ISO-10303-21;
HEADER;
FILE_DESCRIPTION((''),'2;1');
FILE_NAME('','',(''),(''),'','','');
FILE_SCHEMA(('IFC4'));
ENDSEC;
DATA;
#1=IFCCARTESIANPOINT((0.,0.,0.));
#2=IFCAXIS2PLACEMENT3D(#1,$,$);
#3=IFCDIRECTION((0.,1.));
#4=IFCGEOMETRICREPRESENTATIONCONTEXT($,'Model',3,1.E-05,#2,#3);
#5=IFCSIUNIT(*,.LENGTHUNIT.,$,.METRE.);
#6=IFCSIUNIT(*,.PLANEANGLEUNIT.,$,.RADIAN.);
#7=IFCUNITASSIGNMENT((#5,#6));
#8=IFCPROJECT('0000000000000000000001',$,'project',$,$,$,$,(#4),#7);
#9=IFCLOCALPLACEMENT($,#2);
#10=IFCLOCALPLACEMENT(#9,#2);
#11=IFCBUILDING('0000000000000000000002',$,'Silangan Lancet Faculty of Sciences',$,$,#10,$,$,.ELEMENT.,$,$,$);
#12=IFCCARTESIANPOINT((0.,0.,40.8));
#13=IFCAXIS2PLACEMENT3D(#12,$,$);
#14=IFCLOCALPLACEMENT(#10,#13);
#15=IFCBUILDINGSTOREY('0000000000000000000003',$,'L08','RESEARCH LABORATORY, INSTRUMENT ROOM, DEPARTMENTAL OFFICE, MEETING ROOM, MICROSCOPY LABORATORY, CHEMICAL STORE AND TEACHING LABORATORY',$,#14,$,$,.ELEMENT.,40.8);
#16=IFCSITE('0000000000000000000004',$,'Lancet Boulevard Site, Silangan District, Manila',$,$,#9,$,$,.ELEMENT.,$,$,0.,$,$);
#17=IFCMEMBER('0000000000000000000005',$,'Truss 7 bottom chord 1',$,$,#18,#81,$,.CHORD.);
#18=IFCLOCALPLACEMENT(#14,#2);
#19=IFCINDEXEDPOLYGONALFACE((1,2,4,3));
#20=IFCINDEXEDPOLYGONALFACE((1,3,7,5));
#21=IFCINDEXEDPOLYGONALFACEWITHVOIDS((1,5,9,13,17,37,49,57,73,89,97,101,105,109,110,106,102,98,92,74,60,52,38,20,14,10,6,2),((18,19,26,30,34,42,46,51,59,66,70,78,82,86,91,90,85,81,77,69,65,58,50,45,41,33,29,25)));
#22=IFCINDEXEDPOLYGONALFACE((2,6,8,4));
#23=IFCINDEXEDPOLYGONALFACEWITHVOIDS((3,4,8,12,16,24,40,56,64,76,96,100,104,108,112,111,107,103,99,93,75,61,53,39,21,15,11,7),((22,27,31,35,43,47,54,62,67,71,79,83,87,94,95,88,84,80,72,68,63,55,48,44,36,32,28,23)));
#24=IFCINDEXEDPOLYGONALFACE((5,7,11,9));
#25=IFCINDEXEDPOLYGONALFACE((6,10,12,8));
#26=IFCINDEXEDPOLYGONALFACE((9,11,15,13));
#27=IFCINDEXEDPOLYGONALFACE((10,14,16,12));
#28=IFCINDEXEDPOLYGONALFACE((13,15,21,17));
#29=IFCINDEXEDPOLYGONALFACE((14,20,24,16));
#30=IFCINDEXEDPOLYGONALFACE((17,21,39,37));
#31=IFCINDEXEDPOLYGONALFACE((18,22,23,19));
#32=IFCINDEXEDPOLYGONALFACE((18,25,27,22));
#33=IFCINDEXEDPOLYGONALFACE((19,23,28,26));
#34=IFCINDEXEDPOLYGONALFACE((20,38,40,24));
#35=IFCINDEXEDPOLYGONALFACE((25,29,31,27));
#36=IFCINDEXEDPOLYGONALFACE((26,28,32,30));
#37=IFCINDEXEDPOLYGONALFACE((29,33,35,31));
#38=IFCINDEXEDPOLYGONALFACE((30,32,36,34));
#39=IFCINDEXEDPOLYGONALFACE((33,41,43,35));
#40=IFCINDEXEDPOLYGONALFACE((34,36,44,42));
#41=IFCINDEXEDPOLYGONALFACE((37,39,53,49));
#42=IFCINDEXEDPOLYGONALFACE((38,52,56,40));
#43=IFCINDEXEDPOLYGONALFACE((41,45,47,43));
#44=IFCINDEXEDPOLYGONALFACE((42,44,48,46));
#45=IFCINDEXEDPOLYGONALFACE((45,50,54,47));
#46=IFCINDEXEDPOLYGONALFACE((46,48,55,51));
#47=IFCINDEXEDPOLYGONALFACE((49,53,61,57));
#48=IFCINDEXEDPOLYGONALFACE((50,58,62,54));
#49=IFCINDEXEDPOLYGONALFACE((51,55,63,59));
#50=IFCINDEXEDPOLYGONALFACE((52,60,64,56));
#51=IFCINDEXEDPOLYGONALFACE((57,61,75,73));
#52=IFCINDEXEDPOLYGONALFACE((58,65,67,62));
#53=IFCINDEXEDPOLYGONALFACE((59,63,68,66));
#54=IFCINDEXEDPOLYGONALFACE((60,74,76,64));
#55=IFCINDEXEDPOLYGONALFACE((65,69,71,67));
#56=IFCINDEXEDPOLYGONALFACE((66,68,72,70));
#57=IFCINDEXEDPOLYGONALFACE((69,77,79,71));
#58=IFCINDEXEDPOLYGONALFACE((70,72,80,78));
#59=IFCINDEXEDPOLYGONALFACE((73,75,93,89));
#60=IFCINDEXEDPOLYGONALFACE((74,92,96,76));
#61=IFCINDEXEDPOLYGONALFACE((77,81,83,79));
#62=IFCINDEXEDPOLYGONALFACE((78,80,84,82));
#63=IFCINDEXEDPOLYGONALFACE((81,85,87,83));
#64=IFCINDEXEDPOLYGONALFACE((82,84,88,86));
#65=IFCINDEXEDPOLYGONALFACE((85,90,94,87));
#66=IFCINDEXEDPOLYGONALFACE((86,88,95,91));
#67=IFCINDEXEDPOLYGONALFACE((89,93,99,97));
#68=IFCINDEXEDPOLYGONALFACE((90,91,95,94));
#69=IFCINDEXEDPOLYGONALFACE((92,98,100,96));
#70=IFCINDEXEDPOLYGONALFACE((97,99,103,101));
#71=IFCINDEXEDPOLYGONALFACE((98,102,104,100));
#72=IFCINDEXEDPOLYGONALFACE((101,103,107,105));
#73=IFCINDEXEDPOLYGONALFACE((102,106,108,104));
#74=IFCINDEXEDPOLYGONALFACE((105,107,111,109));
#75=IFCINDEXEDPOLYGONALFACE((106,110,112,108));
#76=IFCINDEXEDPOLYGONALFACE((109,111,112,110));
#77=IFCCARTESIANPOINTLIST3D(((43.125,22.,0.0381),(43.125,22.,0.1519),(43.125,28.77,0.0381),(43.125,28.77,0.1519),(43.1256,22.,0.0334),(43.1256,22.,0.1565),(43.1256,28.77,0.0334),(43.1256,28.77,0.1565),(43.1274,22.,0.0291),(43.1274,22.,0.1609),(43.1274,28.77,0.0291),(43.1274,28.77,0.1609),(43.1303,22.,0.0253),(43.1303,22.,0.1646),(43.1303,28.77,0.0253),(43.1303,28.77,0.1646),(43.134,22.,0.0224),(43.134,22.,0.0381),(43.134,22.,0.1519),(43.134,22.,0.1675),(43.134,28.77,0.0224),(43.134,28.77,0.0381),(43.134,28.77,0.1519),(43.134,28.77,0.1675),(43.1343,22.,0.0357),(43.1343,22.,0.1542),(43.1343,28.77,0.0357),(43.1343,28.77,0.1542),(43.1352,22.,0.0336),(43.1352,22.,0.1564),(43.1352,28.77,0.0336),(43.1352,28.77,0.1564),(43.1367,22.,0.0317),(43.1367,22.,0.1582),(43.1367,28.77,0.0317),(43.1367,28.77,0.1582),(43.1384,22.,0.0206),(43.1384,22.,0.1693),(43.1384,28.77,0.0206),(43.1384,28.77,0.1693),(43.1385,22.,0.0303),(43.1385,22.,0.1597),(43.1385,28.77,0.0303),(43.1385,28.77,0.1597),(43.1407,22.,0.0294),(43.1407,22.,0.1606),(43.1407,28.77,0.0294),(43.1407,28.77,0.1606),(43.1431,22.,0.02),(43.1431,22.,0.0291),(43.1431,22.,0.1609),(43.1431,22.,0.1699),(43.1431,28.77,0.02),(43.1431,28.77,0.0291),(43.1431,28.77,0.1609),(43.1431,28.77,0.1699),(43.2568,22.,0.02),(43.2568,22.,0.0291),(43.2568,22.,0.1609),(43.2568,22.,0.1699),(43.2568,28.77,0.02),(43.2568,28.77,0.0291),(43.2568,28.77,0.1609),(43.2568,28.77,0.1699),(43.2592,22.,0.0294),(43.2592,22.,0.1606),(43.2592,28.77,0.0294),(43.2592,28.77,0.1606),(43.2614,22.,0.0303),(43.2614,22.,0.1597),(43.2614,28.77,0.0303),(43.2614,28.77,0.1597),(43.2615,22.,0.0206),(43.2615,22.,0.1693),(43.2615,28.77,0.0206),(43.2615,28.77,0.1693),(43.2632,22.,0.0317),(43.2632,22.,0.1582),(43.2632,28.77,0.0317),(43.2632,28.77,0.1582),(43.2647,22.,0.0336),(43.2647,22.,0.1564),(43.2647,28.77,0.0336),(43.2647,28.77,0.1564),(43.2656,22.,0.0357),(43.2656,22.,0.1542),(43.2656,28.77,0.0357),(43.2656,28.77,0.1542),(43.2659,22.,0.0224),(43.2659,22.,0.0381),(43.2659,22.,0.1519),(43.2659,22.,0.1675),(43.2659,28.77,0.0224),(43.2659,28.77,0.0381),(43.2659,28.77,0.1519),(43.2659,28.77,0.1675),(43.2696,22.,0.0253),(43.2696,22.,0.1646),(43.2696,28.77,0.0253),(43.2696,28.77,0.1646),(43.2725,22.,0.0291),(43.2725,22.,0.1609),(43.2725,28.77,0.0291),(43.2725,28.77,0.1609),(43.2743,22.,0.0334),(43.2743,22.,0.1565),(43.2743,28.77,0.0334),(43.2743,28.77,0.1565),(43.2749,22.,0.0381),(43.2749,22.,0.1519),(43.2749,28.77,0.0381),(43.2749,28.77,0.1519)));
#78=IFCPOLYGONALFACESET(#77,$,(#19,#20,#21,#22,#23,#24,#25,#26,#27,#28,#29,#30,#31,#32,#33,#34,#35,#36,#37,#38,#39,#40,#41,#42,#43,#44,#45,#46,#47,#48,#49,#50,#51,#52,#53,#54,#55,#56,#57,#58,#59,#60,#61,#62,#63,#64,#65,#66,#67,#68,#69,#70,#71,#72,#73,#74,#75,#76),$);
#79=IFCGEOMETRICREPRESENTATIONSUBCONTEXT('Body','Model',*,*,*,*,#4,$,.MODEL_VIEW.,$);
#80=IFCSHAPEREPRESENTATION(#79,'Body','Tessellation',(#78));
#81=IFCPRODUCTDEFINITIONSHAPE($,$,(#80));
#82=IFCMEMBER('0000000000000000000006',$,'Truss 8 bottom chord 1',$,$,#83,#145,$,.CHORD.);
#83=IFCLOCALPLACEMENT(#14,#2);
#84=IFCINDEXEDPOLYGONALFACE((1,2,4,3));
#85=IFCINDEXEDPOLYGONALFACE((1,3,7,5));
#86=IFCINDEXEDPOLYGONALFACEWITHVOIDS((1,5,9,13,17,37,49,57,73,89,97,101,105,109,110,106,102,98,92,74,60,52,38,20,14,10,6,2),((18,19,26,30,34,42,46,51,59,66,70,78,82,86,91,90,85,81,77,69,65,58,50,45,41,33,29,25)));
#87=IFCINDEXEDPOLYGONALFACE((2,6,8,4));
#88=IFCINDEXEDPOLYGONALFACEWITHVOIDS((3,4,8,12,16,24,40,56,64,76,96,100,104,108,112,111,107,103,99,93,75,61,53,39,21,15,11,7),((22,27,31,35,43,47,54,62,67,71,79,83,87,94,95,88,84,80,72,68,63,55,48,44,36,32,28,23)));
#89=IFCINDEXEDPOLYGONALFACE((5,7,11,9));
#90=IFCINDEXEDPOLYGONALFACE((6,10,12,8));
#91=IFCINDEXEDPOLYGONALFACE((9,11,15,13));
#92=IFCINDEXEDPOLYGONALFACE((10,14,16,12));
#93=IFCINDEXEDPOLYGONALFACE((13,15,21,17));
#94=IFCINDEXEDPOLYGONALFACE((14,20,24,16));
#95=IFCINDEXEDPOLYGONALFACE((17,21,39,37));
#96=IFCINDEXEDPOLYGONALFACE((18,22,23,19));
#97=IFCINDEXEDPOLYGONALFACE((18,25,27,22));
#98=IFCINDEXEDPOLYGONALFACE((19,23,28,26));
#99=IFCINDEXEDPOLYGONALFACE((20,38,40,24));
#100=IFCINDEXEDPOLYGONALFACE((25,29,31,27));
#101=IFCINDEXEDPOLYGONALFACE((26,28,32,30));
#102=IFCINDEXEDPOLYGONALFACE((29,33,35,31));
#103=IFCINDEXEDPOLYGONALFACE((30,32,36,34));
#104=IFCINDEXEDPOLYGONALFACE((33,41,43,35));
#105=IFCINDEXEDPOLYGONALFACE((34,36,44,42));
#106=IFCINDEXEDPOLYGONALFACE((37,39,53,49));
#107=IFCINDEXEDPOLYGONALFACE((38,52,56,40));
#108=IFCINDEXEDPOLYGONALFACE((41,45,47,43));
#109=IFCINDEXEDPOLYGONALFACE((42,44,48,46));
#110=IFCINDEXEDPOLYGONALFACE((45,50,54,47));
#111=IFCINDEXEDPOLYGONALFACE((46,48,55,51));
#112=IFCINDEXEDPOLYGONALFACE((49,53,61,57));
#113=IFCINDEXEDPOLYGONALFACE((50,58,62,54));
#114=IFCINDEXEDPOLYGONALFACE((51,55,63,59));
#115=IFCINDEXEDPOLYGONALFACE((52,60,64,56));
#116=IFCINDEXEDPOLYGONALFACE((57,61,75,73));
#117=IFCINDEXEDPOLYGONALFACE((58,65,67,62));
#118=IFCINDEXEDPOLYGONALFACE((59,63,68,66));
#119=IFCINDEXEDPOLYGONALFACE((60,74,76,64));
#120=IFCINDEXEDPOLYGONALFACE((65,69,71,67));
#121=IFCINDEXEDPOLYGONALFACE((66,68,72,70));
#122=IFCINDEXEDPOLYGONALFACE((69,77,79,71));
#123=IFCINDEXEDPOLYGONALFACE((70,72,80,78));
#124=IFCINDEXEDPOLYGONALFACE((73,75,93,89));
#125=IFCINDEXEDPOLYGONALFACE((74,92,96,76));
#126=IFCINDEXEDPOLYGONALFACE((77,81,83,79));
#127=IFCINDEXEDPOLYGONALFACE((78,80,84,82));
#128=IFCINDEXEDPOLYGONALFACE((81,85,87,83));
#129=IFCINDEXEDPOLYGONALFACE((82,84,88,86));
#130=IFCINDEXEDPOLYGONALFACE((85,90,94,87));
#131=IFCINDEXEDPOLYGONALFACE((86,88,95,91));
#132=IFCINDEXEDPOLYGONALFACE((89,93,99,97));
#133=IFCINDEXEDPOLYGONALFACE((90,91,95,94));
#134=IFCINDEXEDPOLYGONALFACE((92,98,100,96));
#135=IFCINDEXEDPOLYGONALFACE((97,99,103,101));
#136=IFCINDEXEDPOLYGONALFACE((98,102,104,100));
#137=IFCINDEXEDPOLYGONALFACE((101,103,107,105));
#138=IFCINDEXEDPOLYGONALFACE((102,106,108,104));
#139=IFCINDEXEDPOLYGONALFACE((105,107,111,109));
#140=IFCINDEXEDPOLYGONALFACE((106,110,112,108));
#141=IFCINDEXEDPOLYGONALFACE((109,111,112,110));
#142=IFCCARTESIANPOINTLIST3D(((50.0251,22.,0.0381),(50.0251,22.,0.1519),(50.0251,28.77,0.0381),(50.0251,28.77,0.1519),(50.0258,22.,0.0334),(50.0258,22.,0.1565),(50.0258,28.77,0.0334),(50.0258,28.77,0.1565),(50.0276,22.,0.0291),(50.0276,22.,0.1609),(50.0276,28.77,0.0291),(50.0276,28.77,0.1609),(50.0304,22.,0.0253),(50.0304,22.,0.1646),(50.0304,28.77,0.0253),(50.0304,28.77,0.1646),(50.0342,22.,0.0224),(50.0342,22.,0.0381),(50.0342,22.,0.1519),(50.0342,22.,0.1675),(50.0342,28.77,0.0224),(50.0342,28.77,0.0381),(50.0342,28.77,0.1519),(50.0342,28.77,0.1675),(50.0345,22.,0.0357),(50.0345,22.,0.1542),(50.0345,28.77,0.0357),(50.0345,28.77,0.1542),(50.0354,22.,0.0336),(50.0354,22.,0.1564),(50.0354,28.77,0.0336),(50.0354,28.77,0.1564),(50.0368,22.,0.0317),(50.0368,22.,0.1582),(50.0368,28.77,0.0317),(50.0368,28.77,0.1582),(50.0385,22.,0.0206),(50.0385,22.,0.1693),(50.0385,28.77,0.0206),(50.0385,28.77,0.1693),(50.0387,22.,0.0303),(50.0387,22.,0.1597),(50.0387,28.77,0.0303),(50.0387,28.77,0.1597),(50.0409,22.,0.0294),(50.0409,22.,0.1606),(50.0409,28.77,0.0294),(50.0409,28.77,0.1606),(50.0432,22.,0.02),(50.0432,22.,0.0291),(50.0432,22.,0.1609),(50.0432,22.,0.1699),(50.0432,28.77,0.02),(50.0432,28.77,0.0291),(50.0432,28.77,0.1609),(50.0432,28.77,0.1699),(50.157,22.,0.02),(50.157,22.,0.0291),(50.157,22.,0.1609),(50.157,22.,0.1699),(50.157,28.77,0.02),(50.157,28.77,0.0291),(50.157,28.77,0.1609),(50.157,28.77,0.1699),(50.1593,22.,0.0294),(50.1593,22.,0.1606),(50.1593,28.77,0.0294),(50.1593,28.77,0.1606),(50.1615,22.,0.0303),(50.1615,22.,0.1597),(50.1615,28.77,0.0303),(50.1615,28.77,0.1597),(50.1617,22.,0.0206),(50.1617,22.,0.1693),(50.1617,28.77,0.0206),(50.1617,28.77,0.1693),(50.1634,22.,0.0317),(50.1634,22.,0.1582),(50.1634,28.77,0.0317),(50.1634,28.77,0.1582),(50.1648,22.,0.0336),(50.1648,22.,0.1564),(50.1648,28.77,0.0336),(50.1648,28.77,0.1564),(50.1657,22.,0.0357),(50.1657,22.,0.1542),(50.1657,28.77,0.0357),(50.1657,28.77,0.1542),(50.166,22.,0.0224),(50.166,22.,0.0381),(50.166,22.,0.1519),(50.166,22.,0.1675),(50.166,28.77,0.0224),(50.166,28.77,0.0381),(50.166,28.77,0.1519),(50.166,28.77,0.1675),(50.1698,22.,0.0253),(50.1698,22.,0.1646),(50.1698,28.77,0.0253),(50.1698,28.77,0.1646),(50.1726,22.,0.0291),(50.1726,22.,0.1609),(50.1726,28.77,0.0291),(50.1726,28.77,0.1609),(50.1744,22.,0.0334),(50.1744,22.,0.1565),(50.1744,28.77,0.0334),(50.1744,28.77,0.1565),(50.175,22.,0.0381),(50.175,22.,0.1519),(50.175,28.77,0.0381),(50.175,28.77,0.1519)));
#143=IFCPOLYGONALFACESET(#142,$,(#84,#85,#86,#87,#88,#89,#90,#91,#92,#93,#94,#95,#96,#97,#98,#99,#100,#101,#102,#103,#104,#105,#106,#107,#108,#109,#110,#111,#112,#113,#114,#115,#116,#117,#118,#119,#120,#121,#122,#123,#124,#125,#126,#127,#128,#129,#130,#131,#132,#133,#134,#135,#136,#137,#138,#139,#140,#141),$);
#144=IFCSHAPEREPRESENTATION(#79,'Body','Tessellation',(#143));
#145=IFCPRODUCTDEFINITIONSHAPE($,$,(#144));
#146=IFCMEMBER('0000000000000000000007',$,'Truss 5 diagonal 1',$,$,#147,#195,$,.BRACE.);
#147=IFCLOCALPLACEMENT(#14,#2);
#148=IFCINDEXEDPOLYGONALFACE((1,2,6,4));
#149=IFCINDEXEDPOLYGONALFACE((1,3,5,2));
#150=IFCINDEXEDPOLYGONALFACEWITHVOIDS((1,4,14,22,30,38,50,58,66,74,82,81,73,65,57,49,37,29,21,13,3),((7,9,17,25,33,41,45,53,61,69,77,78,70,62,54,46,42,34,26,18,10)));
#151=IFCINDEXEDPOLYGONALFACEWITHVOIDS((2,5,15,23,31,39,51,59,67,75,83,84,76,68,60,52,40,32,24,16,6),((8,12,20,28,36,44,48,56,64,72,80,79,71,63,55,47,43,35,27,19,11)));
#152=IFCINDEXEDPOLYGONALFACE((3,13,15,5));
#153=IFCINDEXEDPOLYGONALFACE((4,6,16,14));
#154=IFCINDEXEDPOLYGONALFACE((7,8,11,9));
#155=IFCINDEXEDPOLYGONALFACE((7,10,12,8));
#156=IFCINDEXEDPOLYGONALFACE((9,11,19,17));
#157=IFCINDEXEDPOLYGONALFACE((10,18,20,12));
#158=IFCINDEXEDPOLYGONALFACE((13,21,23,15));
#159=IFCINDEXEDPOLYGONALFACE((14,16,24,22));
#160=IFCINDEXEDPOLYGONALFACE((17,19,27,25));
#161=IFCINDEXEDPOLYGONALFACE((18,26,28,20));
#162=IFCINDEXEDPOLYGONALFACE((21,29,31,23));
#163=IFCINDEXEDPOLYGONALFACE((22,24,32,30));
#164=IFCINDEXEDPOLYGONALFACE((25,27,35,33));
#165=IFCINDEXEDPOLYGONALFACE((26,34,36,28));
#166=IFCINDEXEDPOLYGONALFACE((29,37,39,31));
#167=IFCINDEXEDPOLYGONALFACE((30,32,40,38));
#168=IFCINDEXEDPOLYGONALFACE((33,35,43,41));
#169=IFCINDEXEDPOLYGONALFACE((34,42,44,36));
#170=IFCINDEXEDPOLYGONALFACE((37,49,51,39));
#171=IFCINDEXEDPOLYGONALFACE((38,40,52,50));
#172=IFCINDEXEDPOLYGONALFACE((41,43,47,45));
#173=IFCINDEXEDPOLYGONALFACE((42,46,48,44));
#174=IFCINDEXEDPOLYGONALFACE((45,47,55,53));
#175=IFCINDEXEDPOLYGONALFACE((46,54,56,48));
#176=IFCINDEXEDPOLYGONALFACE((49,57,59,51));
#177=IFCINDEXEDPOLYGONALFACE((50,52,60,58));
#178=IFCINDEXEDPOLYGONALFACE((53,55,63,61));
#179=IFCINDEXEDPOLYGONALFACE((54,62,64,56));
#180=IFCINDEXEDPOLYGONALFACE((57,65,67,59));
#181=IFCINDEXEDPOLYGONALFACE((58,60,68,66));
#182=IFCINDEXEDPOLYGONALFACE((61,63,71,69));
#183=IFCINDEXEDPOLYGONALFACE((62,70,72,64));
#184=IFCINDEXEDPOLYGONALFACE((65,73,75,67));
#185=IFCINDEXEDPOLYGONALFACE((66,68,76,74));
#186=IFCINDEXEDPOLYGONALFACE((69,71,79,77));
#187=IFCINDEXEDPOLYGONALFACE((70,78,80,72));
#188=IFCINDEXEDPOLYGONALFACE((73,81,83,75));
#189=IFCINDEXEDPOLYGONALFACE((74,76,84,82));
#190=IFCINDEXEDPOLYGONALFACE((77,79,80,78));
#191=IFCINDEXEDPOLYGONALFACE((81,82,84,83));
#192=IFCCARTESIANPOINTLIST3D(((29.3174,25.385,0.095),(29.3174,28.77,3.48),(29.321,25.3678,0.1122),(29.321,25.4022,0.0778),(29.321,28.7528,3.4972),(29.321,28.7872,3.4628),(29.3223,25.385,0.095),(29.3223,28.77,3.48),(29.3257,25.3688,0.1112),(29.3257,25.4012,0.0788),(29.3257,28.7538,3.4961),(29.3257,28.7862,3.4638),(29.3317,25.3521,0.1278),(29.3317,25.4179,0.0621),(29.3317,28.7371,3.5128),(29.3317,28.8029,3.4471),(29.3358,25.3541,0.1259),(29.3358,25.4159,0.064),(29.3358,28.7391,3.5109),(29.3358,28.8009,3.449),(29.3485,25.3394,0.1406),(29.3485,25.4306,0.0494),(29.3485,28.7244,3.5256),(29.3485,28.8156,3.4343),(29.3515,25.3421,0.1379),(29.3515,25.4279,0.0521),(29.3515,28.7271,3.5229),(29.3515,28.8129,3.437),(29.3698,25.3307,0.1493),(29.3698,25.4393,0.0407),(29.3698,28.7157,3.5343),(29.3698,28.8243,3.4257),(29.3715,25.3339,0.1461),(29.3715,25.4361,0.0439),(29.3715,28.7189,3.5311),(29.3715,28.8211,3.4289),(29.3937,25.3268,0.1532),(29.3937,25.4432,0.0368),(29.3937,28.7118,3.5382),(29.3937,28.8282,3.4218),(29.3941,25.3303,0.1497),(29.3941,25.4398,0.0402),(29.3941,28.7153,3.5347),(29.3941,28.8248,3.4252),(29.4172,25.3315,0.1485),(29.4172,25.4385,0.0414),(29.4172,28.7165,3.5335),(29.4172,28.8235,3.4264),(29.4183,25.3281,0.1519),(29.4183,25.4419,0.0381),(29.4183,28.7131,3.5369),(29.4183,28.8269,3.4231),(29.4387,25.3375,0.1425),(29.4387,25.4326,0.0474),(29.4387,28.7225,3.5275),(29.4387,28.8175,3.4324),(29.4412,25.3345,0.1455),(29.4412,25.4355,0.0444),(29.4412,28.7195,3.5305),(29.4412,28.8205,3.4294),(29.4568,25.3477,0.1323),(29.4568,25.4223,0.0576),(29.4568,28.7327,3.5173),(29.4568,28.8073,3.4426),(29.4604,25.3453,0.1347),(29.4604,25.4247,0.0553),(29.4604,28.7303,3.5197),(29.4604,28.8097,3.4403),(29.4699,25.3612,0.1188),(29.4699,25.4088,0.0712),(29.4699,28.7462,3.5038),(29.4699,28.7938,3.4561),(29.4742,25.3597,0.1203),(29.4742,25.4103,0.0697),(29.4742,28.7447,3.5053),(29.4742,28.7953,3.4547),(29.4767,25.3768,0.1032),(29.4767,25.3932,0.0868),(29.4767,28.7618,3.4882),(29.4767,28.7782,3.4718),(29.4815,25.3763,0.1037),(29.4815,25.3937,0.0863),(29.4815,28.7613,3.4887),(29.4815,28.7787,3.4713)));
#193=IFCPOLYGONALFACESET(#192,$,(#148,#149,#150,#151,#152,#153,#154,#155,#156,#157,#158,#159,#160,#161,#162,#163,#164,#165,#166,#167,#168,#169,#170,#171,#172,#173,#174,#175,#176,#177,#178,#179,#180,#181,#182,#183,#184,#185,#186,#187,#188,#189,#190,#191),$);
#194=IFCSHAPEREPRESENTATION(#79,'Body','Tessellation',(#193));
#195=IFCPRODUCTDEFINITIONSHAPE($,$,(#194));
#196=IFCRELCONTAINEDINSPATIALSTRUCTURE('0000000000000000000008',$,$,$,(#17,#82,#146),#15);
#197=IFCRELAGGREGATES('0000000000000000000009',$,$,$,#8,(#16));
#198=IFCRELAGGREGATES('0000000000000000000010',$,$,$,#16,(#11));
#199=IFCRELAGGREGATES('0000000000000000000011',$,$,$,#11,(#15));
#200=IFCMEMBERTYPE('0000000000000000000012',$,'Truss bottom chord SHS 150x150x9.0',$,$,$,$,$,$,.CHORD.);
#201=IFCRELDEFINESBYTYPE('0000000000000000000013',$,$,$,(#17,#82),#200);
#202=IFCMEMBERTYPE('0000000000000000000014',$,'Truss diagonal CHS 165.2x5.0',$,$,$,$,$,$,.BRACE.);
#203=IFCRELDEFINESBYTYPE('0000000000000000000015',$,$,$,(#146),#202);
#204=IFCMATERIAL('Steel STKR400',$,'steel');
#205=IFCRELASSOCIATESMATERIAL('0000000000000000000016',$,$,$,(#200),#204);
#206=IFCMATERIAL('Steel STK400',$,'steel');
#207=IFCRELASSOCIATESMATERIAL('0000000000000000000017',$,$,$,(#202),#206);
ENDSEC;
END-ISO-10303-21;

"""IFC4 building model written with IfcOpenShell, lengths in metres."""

from ifc_helpers import new_model, si_unit, direction, frame, origin, origin_2d, place, context, subcontext, project, spatial, hollow_rectangle, hollow_circle, extrude, material, material_profile, profile_set, type_object, element, save


model = new_model("IFC4")

# Units and contexts
model_context = context("Model", 3, precision=1e-05, world=origin(), true_north=direction((0.0, 1.0)))
body_context = subcontext(model_context, "Body", "Model", "MODEL_VIEW")
ifc_project = project(units=[si_unit("LENGTHUNIT", "METRE"), si_unit("PLANEANGLEUNIT", "RADIAN")], contexts=[model_context])

# Site, building, storey
site_placement = place(None, origin())
site = spatial("IfcSite", under=ifc_project, at=site_placement, Name="Lancet Boulevard Site, Silangan District, Manila", CompositionType="ELEMENT", RefElevation=0.0)
building_placement = place(site_placement, origin())
building = spatial("IfcBuilding", under=site, at=building_placement, Name="Silangan Lancet Faculty of Sciences", CompositionType="ELEMENT")
storey_placement = place(building_placement, frame((0.0, 0.0, 40.8)))
storey = spatial("IfcBuildingStorey", under=building, at=storey_placement, Name="L08", Description="RESEARCH LABORATORY, INSTRUMENT ROOM, DEPARTMENTAL OFFICE, MEETING ROOM, MICROSCOPY LABORATORY, CHEMICAL STORE AND TEACHING LABORATORY", CompositionType="ELEMENT", Elevation=40.8)

# Members
ifc_material_1 = material(Name="Steel STKR400", Category="steel")
ifc_material_profile_1 = material_profile(ifc_material_1, hollow_rectangle(XDim=0.1499, YDim=0.1499, WallThickness=0.009, InnerFilletRadius=0.009, OuterFilletRadius=0.0181, at=origin_2d()), Name="SHS 150x150x9.0")
ifc_profile_set_1 = profile_set([ifc_material_profile_1], Name="Steel STKR400")
member_type_1 = type_object("IfcMemberType", Name="Truss bottom chord SHS 150x150x9.0", PredefinedType="CHORD", material=ifc_profile_set_1)
for number, where, z_axis, x_axis, name in (
    (1, (43.2, 22.0, 0.095), (0.0, 1.0, 0.0), (-1.0, 0.0, 0.0), "Truss 7 bottom chord 1"),
    (2, (50.1001, 22.0, 0.095), (0.0, 1.0, 0.0), (-1.0, 0.0, 0.0), "Truss 8 bottom chord 1"),
):
    element("IfcMember", number, at=place(storey_placement, frame(where, z_axis=z_axis, x_axis=x_axis)), inside=storey, type_object=member_type_1, Name=name, PredefinedType="CHORD", context=body_context, shape_type="SweptSolid", body=[
        extrude(hollow_rectangle(XDim=0.1499, YDim=0.1499, WallThickness=0.009, InnerFilletRadius=0.009, OuterFilletRadius=0.0181, at=origin_2d()), origin(), (0.0, 0.0, 1.0), 6.77),
    ])
ifc_material_2 = material(Name="Steel STK400", Category="steel")
ifc_material_profile_2 = material_profile(ifc_material_2, hollow_circle(Radius=0.0825, WallThickness=0.0049, at=origin_2d()), Name="CHS 165.2x5.0")
ifc_profile_set_2 = profile_set([ifc_material_profile_2], Name="Steel STK400")
member_type_2 = type_object("IfcMemberType", Name="Truss diagonal CHS 165.2x5.0", PredefinedType="BRACE", material=ifc_profile_set_2)
member_1_placement = place(storey_placement, frame((29.3999, 25.385, 0.095), z_axis=(0.0, 0.707107, 0.707107), x_axis=(-1.0, 0.0, 0.0)))
element("IfcMember", 3, at=member_1_placement, inside=storey, type_object=member_type_2, Name="Truss 5 diagonal 1", PredefinedType="BRACE", context=body_context, shape_type="SweptSolid", body=[
    extrude(hollow_circle(Radius=0.0825, WallThickness=0.0049, at=origin_2d()), origin(), (0.0, 0.0, 1.0), 4.7871),
])

save(model, "model.ifc")
